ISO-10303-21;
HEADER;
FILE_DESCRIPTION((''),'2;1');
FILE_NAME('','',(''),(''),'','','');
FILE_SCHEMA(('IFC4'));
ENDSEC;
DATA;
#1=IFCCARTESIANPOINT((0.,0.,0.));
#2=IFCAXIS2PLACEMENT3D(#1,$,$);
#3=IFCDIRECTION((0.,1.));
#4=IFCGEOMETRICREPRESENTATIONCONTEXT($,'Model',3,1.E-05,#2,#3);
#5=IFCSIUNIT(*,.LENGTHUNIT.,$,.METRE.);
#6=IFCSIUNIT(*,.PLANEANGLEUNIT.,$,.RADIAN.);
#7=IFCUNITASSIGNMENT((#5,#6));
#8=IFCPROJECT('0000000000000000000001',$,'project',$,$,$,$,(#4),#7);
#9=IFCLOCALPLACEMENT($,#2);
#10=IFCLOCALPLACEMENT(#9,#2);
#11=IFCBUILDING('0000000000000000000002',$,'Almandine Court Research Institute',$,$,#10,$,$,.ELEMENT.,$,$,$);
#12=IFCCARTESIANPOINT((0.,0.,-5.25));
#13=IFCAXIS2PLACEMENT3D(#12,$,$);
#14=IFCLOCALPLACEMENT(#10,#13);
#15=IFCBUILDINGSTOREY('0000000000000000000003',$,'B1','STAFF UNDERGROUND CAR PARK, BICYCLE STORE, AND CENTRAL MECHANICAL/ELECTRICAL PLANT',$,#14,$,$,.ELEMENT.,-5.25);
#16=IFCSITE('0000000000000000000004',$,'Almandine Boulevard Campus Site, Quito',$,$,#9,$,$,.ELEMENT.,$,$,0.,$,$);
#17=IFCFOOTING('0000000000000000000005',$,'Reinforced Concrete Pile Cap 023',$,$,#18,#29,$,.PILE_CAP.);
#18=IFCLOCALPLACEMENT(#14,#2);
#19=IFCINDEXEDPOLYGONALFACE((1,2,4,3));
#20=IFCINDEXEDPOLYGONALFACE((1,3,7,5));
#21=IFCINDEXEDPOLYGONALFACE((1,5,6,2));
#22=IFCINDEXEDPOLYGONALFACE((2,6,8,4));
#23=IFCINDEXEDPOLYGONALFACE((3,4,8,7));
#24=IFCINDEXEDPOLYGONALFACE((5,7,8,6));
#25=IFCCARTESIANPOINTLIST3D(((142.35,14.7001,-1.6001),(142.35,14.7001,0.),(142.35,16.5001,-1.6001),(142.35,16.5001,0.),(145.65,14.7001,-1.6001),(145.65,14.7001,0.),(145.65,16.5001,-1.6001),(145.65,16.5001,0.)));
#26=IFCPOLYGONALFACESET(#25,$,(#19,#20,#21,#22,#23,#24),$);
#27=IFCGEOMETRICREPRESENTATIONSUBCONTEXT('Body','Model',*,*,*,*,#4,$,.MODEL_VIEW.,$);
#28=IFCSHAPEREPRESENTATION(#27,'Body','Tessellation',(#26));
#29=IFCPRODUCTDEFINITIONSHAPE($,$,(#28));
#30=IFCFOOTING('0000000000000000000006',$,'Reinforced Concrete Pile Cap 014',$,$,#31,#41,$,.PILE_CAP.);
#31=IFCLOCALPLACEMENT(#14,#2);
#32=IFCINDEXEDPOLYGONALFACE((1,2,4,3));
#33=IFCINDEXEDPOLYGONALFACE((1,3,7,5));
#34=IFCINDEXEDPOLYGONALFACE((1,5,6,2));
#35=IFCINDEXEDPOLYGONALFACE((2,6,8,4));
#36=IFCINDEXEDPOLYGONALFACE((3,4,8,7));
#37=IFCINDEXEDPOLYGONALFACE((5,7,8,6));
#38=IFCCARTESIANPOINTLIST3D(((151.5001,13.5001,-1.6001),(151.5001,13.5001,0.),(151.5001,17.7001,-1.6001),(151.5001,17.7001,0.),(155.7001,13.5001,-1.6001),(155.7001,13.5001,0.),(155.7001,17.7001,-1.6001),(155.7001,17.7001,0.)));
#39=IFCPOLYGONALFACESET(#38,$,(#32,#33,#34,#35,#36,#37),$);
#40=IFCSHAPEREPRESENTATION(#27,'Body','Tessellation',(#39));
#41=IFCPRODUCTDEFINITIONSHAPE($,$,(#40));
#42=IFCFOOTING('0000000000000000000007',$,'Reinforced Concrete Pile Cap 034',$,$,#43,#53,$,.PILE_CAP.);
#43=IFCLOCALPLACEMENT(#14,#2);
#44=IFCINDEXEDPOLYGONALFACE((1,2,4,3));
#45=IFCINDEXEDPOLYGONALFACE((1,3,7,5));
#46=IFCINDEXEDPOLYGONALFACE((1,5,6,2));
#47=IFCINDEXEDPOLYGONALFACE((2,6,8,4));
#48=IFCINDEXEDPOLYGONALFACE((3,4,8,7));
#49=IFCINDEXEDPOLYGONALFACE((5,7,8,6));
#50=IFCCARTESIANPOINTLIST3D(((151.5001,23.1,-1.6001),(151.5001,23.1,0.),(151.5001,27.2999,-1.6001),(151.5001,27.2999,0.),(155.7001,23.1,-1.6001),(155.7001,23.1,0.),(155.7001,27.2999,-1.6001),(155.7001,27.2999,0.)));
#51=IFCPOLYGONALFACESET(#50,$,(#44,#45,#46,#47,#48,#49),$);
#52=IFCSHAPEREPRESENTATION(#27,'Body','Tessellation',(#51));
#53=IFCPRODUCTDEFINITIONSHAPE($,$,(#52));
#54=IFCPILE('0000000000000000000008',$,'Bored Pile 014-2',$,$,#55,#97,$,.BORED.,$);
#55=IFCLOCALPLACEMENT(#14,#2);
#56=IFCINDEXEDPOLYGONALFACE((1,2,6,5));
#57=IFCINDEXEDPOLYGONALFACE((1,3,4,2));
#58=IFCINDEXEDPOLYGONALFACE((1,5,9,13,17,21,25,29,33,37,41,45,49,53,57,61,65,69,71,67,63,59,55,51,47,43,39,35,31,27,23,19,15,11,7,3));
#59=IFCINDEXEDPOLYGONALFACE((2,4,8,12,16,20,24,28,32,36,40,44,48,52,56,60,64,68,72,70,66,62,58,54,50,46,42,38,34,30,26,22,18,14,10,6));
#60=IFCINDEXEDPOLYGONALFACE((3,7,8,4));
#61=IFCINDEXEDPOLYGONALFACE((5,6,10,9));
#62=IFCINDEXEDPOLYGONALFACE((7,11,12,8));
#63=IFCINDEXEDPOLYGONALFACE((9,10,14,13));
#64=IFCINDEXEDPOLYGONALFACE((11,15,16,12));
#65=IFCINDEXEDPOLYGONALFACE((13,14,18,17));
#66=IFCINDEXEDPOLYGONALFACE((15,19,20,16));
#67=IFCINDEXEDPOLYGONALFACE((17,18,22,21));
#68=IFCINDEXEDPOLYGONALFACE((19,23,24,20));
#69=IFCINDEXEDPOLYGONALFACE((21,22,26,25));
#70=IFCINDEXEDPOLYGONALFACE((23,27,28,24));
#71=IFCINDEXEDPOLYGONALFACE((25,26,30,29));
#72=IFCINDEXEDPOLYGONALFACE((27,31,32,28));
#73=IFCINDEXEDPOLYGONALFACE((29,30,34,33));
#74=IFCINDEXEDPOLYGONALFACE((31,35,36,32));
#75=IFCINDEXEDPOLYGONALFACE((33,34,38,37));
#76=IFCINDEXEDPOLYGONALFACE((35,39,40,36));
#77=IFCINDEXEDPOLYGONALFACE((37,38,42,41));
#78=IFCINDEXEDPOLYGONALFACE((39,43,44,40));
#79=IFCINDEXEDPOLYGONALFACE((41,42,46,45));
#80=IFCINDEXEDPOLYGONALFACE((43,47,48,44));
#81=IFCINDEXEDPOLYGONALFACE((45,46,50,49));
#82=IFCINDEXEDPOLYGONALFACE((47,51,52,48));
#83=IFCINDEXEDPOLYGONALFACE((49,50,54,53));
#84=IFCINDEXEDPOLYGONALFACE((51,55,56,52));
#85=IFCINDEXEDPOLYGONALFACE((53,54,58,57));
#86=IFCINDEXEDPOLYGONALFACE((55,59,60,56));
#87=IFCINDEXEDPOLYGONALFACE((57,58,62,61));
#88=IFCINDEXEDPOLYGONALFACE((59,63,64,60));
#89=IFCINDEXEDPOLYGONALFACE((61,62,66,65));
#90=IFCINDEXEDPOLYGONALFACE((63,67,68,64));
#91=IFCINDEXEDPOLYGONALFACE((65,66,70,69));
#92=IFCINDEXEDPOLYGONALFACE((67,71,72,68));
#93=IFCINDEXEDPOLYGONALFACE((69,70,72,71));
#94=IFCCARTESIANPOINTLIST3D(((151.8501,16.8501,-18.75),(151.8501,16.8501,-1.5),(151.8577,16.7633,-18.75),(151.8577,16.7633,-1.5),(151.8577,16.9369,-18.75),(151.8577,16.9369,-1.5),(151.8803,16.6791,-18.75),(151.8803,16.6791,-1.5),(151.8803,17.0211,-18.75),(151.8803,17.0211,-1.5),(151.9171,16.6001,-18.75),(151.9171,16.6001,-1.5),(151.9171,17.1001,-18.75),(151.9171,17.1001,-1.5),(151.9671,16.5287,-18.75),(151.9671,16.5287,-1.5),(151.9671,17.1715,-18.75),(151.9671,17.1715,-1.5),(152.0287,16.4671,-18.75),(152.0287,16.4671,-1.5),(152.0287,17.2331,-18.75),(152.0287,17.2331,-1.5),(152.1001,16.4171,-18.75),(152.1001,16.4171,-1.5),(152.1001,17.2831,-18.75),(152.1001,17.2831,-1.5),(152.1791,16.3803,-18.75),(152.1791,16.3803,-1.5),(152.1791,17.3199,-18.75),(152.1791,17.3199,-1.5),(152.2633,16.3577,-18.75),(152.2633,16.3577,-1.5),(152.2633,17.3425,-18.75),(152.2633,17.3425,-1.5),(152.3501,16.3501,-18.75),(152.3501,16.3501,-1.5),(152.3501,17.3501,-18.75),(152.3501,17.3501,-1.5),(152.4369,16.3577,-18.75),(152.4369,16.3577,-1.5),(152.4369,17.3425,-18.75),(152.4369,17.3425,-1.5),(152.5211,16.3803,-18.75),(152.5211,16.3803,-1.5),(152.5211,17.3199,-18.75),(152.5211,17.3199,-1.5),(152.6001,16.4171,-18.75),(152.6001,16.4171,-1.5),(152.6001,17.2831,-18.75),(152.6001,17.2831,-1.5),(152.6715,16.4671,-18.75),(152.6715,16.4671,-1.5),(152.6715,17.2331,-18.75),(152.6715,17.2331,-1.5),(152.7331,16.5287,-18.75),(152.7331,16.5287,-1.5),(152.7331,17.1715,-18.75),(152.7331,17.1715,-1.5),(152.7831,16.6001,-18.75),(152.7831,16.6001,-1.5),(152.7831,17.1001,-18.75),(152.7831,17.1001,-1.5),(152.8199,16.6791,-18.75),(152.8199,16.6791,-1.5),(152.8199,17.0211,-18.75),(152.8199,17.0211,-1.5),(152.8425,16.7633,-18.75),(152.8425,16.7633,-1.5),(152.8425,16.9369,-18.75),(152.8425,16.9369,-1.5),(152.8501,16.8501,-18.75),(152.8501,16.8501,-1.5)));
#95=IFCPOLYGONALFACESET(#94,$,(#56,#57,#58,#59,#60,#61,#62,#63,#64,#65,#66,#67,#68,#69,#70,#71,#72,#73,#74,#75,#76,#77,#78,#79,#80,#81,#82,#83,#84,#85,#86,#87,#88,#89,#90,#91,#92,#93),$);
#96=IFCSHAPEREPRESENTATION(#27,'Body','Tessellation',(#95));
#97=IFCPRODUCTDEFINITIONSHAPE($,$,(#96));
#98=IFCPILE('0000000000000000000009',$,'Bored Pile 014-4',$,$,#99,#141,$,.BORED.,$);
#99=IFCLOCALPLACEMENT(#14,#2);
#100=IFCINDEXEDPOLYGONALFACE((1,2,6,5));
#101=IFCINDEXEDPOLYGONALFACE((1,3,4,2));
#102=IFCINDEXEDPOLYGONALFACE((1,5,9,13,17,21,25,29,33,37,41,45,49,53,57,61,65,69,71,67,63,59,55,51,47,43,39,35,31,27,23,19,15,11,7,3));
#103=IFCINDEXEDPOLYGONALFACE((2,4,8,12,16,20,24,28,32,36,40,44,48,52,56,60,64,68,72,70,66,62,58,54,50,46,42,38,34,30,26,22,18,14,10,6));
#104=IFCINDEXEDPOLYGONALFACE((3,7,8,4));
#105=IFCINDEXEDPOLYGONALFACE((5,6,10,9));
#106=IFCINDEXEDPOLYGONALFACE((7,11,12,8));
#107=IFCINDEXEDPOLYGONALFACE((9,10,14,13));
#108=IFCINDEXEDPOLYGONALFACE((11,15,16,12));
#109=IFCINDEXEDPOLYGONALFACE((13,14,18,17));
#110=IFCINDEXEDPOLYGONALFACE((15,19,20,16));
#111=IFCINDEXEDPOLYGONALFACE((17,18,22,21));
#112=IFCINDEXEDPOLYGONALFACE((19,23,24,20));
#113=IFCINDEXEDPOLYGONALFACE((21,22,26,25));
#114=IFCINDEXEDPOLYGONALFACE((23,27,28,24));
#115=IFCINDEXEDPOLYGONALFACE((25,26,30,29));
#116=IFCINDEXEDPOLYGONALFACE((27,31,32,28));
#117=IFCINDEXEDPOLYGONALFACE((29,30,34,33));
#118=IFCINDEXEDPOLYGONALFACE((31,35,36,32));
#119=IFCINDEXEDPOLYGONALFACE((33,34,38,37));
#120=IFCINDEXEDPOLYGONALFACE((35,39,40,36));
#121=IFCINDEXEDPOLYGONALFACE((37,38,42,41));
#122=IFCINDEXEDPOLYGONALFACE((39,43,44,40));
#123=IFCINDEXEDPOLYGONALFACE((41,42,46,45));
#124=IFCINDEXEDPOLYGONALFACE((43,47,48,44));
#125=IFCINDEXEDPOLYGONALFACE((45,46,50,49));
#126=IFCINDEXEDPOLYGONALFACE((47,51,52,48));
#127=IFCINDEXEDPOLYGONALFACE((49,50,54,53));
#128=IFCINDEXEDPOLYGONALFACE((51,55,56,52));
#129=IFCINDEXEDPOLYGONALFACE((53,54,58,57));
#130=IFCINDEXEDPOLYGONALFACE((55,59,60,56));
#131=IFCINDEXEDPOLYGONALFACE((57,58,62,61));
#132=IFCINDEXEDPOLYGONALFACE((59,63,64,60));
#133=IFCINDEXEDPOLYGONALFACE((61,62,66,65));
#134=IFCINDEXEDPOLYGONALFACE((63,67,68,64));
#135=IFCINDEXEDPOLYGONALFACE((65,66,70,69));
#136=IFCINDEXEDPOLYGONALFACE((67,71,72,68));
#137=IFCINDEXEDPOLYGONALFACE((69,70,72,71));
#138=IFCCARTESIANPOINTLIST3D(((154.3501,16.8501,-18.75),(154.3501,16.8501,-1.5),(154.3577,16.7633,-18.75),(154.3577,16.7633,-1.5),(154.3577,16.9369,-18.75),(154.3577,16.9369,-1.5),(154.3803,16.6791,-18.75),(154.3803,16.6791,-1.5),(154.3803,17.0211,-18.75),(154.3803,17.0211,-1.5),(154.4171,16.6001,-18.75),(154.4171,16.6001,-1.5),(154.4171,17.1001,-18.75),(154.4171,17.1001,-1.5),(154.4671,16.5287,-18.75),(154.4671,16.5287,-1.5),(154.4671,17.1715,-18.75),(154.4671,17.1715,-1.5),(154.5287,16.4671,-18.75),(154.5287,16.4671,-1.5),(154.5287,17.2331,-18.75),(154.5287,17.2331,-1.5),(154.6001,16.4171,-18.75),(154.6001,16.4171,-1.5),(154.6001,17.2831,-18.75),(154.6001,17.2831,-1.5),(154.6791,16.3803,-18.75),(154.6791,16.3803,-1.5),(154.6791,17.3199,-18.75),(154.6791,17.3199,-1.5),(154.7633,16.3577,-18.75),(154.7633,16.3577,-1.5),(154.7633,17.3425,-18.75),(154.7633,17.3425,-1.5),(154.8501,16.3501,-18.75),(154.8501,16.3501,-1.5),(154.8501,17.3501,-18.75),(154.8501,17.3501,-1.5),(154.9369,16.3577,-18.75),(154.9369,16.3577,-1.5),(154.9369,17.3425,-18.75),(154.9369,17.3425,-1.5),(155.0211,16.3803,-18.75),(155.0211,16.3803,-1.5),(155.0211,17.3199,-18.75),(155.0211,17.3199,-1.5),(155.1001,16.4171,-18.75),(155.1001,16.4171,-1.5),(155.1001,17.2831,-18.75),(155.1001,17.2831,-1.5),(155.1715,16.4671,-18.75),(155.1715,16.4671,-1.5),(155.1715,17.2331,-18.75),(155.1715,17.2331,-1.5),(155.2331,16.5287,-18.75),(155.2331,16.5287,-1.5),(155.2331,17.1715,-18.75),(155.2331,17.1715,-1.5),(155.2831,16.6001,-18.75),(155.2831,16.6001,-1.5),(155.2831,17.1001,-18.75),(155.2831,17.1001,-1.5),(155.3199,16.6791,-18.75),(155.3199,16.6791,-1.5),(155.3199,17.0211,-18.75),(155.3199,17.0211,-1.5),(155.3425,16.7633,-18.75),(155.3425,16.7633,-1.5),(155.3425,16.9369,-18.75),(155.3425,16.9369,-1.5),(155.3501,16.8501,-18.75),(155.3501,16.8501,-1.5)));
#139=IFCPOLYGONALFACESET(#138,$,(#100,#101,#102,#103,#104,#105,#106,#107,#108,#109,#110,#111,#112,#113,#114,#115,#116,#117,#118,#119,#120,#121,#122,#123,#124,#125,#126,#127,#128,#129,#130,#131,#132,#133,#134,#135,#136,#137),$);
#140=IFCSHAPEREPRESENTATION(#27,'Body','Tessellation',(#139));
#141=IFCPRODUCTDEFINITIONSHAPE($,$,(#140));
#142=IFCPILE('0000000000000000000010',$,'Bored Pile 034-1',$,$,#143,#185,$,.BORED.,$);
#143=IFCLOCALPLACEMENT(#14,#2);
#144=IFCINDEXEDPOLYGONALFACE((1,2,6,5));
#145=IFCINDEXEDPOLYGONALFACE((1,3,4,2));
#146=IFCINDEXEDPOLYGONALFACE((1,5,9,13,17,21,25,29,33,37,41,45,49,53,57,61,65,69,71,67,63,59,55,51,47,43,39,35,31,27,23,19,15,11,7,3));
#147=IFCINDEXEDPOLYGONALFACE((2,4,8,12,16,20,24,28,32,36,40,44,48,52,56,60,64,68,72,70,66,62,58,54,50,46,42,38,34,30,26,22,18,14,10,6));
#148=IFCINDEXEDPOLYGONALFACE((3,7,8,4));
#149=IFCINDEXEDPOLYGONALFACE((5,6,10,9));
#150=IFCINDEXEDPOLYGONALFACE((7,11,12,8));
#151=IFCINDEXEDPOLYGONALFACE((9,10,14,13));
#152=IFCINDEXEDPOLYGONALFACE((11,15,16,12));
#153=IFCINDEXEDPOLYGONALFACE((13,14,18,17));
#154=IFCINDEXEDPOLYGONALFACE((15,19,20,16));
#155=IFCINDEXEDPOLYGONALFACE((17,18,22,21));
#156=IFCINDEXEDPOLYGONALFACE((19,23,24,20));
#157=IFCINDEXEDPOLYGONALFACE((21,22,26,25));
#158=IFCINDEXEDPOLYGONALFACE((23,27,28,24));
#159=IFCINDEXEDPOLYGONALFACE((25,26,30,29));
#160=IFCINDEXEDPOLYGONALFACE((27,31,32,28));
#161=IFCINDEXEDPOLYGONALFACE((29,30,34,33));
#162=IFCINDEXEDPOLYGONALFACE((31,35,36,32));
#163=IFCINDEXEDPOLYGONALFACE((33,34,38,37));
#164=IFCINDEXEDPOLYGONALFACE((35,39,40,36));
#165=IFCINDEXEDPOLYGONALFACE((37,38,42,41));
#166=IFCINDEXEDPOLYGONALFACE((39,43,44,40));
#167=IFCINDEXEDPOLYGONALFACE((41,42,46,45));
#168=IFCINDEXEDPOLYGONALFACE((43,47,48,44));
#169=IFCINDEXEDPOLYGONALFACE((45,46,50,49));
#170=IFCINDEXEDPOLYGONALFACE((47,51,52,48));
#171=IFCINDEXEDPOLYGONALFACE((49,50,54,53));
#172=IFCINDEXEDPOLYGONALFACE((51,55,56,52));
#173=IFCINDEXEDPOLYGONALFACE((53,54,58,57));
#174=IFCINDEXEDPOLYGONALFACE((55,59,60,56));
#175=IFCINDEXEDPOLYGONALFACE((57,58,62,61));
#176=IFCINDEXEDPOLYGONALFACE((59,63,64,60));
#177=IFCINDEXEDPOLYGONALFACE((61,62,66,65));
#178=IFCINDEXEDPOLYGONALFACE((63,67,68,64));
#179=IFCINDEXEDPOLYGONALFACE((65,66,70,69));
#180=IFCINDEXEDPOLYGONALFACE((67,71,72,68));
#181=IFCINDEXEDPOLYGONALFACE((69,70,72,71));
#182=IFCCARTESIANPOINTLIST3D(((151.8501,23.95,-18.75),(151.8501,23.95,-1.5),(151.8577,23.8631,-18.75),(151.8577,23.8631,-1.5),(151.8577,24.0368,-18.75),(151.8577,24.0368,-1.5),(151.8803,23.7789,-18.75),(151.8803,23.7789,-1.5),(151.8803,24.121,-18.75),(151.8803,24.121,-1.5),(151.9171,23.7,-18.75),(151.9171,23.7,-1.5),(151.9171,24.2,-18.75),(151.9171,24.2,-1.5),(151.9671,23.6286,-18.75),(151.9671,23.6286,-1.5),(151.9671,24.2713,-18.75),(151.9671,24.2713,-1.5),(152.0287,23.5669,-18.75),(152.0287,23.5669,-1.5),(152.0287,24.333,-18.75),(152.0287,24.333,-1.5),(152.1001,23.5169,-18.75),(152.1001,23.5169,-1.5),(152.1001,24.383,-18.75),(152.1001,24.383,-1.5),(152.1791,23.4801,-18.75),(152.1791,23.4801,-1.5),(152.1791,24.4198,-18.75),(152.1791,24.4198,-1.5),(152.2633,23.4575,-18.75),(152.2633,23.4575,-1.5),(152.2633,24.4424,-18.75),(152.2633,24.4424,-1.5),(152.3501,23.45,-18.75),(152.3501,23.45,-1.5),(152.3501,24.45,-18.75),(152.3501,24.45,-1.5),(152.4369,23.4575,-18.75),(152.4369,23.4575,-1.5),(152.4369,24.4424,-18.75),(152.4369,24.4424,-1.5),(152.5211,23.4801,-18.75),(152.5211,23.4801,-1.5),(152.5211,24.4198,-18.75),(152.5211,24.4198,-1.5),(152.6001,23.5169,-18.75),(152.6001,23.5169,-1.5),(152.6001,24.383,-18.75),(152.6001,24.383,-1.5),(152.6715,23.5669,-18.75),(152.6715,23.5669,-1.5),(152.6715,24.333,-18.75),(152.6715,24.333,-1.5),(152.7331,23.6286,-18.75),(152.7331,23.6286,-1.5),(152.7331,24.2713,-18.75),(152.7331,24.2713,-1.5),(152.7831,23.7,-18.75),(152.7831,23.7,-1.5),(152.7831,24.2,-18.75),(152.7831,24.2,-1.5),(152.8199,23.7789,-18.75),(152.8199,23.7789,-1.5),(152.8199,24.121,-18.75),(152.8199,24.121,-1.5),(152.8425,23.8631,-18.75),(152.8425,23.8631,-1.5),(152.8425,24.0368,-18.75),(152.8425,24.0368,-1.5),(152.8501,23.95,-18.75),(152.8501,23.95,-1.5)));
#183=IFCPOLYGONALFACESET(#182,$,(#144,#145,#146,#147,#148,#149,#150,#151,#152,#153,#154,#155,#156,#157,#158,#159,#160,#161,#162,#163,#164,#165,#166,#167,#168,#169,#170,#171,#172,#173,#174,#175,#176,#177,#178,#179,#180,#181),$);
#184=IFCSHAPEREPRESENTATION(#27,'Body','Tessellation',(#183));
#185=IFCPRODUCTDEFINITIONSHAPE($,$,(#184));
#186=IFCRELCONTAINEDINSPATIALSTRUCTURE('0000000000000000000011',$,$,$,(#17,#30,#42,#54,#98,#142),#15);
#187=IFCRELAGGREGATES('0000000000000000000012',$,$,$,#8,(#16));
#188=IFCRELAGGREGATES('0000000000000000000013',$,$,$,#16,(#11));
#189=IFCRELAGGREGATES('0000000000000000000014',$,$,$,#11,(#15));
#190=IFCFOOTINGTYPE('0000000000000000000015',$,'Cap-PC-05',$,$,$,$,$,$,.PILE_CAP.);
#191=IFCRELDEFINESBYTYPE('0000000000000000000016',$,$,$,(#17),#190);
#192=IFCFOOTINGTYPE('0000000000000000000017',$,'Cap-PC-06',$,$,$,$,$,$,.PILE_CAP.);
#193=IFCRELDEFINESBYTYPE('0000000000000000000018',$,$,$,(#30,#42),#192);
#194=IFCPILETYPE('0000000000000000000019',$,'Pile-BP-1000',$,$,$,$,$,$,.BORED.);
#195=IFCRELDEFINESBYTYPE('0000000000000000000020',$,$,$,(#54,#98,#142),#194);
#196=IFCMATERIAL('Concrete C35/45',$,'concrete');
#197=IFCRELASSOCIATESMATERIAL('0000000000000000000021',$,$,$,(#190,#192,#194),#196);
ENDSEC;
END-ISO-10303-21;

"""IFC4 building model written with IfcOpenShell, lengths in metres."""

from ifc_helpers import new_model, si_unit, direction, frame, origin, origin_2d, place, context, subcontext, project, spatial, rectangle, circle, extrude, material, material_profile, profile_set, type_object, element, save


model = new_model("IFC4")

# Units and contexts
model_context = context("Model", 3, precision=1e-05, world=origin(), true_north=direction((0.0, 1.0)))
body_context = subcontext(model_context, "Body", "Model", "MODEL_VIEW")
ifc_project = project(units=[si_unit("LENGTHUNIT", "METRE"), si_unit("PLANEANGLEUNIT", "RADIAN")], contexts=[model_context])

# Site, building, storey
site_placement = place(None, origin())
site = spatial("IfcSite", under=ifc_project, at=site_placement, Name="Almandine Boulevard Campus Site, Quito", CompositionType="ELEMENT", RefElevation=0.0)
building_placement = place(site_placement, origin())
building = spatial("IfcBuilding", under=site, at=building_placement, Name="Almandine Court Research Institute", CompositionType="ELEMENT")
storey_placement = place(building_placement, frame((0.0, 0.0, -5.25)))
storey = spatial("IfcBuildingStorey", under=building, at=storey_placement, Name="B1", Description="STAFF UNDERGROUND CAR PARK, BICYCLE STORE, AND CENTRAL MECHANICAL/ELECTRICAL PLANT", CompositionType="ELEMENT", Elevation=-5.25)

# Footings
ifc_material_1 = material(Name="Concrete C35/45", Category="concrete")
footing_type_1 = type_object("IfcFootingType", Name="Cap-PC-05", PredefinedType="PILE_CAP", material=ifc_material_1)
footing_1_placement = place(storey_placement, frame((144.0, 15.6001, -1.6001), z_axis=(0.0, 0.0, 1.0), x_axis=(1.0, 0.0, 0.0)))
element("IfcFooting", 1, at=footing_1_placement, inside=storey, type_object=footing_type_1, Name="Reinforced Concrete Pile Cap 023", PredefinedType="PILE_CAP", context=body_context, shape_type="SweptSolid", body=[
    extrude(rectangle(XDim=3.3, YDim=1.8, at=origin_2d()), origin(), (0.0, 0.0, 1.0), 1.6001),
])
footing_type_2 = type_object("IfcFootingType", Name="Cap-PC-06", PredefinedType="PILE_CAP", material=ifc_material_1)
for number, where, z_axis, x_axis, name in (
    (2, (153.6001, 15.6001, -1.6001), (0.0, 0.0, 1.0), (1.0, 0.0, 0.0), "Reinforced Concrete Pile Cap 014"),
    (3, (153.6001, 25.2, -1.6001), (0.0, 0.0, 1.0), (1.0, 0.0, 0.0), "Reinforced Concrete Pile Cap 034"),
):
    element("IfcFooting", number, at=place(storey_placement, frame(where, z_axis=z_axis, x_axis=x_axis)), inside=storey, type_object=footing_type_2, Name=name, PredefinedType="PILE_CAP", context=body_context, shape_type="SweptSolid", body=[
        extrude(rectangle(XDim=4.2, YDim=4.2, at=origin_2d()), origin(), (0.0, 0.0, 1.0), 1.6001),
    ])

# Piles
ifc_material_profile_1 = material_profile(ifc_material_1, circle(Radius=0.5, at=origin_2d()), Name="BORED PILE D1000")
ifc_profile_set_1 = profile_set([ifc_material_profile_1], Name="Concrete C35/45")
pile_type_1 = type_object("IfcPileType", Name="Pile-BP-1000", PredefinedType="BORED", material=ifc_profile_set_1)
for number, where, z_axis, x_axis, name in (
    (4, (152.3501, 16.8501, -1.5), (0.0, 0.0, -1.0), (1.0, 0.0, 0.0), "Bored Pile 014-2"),
    (5, (154.8501, 16.8501, -1.5), (0.0, 0.0, -1.0), (1.0, 0.0, 0.0), "Bored Pile 014-4"),
    (6, (152.3501, 23.95, -1.5), (0.0, 0.0, -1.0), (1.0, 0.0, 0.0), "Bored Pile 034-1"),
):
    element("IfcPile", number, at=place(storey_placement, frame(where, z_axis=z_axis, x_axis=x_axis)), inside=storey, type_object=pile_type_1, Name=name, PredefinedType="BORED", context=body_context, shape_type="SweptSolid", body=[
        extrude(circle(Radius=0.5, at=origin_2d()), origin(), (0.0, 0.0, 1.0), 17.25),
    ])

save(model, "model.ifc")
